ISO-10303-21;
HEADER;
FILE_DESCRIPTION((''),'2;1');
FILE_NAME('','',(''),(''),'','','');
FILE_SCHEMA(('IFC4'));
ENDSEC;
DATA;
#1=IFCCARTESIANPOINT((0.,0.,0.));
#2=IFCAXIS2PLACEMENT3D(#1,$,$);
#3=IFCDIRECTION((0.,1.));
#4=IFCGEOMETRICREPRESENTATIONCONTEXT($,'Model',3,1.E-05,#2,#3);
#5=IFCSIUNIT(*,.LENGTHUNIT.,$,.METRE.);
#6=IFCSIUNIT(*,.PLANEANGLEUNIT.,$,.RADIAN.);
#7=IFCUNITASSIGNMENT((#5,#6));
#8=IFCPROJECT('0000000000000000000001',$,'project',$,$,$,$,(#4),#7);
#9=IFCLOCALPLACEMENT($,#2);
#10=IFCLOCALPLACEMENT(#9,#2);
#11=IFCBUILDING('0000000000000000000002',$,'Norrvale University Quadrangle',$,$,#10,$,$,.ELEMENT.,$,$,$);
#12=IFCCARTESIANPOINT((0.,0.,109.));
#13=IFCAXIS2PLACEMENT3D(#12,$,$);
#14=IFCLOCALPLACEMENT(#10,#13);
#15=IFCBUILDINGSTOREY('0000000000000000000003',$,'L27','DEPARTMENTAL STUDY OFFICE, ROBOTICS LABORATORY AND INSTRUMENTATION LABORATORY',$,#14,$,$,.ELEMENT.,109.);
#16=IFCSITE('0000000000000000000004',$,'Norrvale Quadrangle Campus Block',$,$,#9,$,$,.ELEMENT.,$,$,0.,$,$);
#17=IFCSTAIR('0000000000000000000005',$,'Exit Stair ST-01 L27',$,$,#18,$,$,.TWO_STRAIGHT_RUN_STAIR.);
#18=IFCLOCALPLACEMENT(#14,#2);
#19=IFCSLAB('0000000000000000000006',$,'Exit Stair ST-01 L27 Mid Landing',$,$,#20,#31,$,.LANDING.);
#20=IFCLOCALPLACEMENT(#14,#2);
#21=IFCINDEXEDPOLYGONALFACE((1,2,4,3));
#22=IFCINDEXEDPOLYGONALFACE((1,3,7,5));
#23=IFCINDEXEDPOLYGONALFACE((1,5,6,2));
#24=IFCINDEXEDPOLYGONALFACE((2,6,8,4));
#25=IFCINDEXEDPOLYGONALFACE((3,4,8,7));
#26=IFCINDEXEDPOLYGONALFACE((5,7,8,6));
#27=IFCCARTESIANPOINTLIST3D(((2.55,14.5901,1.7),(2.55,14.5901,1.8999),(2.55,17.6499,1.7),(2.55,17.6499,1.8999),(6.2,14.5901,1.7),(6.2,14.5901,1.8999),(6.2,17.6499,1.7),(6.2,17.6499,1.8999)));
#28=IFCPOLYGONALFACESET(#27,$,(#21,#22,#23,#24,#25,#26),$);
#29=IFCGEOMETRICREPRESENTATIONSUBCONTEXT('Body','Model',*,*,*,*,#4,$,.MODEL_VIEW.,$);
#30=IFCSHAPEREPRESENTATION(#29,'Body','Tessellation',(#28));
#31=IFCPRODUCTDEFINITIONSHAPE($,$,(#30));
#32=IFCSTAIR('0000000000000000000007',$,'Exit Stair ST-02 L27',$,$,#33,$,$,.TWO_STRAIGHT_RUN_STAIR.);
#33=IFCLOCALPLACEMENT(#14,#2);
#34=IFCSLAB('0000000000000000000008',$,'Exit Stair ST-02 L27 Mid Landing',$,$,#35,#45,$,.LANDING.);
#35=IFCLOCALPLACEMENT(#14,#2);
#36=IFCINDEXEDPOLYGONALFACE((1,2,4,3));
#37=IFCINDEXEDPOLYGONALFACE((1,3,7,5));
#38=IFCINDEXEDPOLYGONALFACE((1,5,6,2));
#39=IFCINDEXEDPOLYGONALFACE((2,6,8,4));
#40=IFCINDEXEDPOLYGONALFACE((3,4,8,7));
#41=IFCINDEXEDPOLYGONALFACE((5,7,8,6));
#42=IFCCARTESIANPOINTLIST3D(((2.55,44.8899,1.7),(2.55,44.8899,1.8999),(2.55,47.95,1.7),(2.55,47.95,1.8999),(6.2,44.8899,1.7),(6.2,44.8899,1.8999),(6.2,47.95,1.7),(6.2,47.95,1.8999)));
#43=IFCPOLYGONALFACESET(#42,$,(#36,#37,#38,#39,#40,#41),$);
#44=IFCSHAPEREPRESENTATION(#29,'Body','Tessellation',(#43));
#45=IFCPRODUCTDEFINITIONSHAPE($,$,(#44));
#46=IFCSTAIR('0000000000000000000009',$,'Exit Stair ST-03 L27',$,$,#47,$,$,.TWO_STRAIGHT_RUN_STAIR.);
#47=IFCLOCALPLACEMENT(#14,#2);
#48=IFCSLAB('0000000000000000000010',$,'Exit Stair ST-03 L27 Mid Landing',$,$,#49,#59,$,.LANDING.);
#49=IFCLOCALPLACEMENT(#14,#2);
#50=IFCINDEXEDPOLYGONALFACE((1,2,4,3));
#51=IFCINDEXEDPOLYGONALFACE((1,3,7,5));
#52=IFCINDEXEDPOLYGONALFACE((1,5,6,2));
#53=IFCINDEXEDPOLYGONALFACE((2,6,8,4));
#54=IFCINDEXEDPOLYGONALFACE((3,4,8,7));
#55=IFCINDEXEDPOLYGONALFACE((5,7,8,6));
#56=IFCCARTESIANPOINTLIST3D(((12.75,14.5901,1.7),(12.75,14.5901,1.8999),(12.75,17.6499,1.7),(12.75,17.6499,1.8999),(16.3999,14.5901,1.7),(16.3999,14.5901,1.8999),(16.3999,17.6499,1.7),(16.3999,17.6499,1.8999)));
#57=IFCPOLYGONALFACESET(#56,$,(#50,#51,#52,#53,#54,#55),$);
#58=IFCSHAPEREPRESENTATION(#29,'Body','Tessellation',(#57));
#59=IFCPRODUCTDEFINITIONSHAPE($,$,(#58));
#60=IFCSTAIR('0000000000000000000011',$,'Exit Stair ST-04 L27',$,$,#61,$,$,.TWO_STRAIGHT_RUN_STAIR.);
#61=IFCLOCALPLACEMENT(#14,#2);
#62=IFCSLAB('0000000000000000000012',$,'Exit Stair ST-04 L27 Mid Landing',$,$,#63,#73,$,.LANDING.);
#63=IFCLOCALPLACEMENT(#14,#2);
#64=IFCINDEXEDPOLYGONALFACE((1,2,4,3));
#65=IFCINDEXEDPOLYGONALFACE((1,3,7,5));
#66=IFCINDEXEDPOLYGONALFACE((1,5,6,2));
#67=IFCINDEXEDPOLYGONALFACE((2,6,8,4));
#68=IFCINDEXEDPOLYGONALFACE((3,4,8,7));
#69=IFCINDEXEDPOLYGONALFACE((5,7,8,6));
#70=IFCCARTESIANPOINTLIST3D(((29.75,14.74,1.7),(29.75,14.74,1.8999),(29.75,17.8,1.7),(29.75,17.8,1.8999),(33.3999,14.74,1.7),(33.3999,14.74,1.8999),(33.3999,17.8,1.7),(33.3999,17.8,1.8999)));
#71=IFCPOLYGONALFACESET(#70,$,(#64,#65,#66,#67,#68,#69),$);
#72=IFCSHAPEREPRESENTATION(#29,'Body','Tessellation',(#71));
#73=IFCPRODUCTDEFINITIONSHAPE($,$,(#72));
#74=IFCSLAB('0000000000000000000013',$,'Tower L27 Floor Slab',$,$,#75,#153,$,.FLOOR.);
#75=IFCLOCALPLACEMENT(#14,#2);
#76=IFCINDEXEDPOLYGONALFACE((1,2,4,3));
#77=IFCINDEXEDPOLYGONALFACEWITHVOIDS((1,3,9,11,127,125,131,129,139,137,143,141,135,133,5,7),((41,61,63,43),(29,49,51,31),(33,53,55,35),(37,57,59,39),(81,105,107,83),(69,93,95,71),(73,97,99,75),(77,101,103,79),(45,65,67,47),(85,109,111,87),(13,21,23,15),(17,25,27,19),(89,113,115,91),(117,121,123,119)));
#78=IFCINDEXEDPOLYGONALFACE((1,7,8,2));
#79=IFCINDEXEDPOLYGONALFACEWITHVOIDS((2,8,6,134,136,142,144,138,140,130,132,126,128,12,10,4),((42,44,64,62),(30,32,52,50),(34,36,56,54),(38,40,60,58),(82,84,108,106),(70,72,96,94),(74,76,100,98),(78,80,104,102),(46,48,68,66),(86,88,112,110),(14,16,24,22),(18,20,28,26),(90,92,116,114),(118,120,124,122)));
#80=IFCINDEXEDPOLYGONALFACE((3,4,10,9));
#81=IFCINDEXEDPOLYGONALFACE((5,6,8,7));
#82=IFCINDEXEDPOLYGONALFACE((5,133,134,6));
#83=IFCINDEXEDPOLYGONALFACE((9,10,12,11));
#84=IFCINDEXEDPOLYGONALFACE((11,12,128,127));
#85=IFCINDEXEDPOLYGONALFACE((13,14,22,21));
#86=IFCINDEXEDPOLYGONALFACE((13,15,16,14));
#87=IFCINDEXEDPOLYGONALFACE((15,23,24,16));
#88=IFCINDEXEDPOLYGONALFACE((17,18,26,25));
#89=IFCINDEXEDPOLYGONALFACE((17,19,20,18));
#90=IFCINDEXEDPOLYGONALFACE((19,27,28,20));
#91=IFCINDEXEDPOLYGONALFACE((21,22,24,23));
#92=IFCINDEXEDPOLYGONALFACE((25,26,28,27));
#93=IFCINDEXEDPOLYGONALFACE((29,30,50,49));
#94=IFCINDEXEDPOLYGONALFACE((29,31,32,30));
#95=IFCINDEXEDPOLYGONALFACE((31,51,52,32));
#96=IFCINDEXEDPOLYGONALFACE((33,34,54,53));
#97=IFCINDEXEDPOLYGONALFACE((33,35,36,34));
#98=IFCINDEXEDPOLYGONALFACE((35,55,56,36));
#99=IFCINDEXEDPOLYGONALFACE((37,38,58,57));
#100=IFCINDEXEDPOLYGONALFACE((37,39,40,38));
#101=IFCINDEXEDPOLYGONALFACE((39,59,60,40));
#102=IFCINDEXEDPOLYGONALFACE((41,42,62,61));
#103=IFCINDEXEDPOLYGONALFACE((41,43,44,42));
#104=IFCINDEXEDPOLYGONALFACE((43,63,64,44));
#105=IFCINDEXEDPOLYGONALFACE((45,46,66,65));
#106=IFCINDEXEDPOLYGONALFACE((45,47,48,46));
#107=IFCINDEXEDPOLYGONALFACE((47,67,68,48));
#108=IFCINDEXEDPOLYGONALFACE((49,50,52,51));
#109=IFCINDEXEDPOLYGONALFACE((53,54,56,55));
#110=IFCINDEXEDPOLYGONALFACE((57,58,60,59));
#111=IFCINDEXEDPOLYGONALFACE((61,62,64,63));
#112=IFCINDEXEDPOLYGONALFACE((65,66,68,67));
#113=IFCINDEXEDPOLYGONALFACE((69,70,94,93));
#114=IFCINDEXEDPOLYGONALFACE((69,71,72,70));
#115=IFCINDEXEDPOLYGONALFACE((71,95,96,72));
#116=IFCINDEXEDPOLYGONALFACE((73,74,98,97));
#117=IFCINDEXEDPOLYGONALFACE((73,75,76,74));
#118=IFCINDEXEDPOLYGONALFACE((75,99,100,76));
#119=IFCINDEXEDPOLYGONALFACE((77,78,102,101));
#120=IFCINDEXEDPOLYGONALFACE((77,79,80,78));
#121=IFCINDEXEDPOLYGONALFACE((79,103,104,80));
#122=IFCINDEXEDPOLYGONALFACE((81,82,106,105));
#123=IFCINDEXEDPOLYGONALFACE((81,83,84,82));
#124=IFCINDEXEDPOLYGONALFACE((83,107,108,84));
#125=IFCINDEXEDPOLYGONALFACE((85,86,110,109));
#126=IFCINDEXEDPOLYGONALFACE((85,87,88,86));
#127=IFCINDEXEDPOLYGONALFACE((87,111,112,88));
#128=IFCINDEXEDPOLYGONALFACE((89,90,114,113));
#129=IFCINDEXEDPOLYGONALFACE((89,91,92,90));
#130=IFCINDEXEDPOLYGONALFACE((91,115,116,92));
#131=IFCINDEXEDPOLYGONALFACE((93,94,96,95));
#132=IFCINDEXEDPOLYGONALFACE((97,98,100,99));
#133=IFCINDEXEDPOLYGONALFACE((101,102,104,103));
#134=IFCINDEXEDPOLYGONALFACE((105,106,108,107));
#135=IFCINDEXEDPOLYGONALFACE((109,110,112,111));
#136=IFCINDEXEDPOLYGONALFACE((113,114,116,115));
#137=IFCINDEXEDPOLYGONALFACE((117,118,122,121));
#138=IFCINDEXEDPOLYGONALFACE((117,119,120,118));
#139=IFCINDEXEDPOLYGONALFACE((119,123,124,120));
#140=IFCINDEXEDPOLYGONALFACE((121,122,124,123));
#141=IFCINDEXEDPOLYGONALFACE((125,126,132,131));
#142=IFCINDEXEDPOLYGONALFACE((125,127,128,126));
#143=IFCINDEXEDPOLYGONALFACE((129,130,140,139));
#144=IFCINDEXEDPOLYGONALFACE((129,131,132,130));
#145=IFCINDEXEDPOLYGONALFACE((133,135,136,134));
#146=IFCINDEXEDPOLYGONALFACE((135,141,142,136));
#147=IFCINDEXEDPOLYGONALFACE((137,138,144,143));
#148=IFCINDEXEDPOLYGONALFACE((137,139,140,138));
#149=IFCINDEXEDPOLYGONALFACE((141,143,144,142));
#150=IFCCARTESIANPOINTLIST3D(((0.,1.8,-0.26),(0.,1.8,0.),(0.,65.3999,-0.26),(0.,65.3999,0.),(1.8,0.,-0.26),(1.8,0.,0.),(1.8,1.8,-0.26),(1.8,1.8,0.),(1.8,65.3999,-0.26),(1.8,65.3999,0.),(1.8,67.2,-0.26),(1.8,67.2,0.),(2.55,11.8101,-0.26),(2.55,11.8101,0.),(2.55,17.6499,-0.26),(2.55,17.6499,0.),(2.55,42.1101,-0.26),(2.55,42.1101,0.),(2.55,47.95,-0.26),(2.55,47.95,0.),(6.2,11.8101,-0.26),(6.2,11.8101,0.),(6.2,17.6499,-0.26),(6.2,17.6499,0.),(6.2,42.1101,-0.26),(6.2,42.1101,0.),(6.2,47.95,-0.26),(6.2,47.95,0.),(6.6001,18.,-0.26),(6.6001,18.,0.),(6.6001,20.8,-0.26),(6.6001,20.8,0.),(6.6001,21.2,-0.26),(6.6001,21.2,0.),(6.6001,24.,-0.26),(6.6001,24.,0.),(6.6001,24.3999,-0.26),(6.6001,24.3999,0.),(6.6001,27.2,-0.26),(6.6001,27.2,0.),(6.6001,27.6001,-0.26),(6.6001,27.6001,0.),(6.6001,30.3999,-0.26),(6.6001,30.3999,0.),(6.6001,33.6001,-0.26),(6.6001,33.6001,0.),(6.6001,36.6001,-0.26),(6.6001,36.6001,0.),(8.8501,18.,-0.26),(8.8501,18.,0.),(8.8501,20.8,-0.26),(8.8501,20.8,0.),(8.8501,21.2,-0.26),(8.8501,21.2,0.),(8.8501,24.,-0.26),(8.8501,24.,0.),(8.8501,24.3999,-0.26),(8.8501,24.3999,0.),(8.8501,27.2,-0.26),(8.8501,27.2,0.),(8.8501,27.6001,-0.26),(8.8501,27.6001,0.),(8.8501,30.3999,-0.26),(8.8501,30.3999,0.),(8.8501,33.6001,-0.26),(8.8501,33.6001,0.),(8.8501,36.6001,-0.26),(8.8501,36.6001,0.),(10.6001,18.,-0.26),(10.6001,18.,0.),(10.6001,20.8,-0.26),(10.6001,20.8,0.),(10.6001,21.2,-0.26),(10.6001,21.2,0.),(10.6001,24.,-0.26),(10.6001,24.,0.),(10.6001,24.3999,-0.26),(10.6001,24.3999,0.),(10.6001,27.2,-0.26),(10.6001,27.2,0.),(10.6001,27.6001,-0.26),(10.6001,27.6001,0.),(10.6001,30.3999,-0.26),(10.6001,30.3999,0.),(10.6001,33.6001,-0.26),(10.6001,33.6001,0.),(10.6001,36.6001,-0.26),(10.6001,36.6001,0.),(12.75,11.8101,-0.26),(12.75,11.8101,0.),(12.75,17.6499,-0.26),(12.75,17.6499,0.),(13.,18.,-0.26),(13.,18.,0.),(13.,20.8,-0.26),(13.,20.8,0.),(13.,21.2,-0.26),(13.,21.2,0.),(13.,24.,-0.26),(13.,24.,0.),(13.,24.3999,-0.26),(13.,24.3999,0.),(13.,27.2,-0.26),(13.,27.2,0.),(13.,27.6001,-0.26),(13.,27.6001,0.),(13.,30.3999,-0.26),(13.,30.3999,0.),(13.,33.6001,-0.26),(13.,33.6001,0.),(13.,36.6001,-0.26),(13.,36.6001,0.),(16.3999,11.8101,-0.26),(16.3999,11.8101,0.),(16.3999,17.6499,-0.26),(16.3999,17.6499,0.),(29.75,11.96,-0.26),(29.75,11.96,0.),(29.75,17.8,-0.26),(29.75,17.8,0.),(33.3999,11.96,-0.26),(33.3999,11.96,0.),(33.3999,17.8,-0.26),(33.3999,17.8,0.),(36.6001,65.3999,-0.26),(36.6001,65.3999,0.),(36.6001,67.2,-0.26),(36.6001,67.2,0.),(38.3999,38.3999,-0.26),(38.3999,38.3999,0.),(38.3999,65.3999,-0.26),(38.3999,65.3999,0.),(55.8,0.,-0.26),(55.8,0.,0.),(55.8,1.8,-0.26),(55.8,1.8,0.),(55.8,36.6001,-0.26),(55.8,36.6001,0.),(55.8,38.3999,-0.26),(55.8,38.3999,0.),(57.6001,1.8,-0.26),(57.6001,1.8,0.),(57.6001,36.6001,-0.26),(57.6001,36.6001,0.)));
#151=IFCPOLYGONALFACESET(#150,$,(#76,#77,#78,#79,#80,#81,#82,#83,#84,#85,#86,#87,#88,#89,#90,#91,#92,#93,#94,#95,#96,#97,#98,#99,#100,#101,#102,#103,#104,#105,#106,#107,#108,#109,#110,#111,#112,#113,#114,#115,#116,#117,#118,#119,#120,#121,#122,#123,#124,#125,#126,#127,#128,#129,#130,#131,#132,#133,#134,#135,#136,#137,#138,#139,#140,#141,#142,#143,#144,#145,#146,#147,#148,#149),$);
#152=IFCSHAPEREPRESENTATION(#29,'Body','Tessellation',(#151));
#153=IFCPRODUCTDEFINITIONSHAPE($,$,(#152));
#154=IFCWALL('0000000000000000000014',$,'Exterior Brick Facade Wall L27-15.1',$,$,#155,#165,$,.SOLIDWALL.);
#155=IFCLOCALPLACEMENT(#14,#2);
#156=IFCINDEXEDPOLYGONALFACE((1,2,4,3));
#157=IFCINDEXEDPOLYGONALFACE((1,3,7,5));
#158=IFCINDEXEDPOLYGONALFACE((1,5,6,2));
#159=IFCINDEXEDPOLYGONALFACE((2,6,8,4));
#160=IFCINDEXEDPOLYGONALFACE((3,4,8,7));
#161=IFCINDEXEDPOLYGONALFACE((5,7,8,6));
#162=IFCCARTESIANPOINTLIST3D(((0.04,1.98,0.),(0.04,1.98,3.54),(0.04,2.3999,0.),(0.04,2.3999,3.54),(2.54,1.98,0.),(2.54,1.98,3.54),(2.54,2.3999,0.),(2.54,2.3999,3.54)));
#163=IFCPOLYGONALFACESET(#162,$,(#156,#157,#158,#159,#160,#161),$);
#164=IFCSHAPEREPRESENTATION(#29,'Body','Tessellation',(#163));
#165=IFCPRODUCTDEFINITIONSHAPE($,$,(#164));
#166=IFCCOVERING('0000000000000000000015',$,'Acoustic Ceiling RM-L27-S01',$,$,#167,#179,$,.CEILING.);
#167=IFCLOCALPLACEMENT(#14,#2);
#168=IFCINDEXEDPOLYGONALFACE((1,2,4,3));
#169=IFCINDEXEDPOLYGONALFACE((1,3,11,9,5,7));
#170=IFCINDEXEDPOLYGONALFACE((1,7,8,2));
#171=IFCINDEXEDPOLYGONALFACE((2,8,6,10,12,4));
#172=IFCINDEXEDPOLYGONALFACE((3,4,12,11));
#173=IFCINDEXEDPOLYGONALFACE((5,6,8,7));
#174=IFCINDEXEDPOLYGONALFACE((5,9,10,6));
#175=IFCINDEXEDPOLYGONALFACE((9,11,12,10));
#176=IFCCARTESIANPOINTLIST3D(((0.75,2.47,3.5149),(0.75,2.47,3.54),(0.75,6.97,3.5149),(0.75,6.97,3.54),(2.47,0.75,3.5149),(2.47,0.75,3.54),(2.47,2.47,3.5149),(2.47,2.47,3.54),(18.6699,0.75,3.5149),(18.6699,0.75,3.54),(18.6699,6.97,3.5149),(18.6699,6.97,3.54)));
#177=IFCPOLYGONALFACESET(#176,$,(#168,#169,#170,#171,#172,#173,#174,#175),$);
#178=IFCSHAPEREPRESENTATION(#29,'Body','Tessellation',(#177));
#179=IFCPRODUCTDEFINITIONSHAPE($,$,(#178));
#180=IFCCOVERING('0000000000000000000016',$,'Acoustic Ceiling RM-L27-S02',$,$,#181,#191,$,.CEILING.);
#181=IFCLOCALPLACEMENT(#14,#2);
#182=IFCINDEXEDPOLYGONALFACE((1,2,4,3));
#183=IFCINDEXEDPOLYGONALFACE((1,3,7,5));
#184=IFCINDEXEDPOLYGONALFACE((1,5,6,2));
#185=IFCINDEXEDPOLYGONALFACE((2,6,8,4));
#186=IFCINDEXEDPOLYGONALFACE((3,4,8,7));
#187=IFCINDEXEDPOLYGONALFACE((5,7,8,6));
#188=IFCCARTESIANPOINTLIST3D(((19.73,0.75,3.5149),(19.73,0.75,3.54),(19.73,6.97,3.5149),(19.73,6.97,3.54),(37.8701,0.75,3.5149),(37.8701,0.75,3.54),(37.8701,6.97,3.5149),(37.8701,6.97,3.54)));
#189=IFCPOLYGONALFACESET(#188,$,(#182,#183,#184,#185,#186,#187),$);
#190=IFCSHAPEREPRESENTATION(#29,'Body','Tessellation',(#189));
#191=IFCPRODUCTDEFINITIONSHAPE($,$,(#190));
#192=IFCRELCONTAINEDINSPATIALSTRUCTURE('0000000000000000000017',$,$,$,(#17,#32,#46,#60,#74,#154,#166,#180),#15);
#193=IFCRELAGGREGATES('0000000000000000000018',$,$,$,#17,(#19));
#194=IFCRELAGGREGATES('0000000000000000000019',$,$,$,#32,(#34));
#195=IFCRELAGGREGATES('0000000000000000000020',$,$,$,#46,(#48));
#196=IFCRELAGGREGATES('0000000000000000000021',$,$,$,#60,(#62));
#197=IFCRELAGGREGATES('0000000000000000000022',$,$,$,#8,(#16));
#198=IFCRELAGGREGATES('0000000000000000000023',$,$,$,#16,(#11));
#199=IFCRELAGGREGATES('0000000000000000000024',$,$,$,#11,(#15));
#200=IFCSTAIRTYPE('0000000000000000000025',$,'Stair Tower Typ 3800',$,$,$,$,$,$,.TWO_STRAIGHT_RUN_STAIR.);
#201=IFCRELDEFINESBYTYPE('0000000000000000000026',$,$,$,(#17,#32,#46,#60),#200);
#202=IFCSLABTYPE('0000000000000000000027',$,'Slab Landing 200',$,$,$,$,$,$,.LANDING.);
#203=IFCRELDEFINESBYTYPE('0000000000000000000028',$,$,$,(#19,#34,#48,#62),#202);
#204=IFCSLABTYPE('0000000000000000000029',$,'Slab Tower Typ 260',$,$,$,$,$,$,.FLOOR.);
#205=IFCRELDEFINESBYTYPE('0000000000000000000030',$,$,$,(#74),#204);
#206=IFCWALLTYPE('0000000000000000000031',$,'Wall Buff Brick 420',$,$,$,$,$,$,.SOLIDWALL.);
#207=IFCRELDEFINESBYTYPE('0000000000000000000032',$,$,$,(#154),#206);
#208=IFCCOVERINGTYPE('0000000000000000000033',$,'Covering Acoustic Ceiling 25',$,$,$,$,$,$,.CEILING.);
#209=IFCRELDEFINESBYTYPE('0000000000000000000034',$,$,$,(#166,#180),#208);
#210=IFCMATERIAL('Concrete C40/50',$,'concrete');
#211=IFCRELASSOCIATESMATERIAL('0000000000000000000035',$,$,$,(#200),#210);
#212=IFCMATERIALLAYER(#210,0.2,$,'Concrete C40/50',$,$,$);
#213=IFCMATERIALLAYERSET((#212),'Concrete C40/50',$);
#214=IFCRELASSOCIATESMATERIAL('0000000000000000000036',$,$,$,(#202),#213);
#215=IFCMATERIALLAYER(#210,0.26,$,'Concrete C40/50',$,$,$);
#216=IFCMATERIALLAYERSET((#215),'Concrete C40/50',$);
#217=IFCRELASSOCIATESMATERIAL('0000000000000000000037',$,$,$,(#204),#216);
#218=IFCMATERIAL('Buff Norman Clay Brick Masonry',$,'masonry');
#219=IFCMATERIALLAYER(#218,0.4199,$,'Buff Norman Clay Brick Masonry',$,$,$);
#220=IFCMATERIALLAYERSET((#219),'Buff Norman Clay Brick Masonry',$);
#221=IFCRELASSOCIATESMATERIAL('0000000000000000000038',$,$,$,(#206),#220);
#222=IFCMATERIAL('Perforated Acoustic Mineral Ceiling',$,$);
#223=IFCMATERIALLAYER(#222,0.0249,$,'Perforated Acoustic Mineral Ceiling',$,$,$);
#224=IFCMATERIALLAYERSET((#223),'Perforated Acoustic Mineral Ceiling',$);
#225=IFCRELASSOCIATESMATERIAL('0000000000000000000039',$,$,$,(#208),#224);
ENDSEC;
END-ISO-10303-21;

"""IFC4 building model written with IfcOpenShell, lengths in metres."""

from ifc_helpers import new_model, si_unit, direction, frame, frame_2d, origin, place, context, subcontext, project, spatial, polyline, rectangle, outline, extrude, material, layer, layer_set, type_object, element, aggregate, save


model = new_model("IFC4")

# Units and contexts
model_context = context("Model", 3, precision=1e-05, world=origin(), true_north=direction((0.0, 1.0)))
body_context = subcontext(model_context, "Body", "Model", "MODEL_VIEW")
ifc_project = project(units=[si_unit("LENGTHUNIT", "METRE"), si_unit("PLANEANGLEUNIT", "RADIAN")], contexts=[model_context])

# Site, building, storey
site_placement = place(None, origin())
site = spatial("IfcSite", under=ifc_project, at=site_placement, Name="Norrvale Quadrangle Campus Block", CompositionType="ELEMENT", RefElevation=0.0)
building_placement = place(site_placement, origin())
building = spatial("IfcBuilding", under=site, at=building_placement, Name="Norrvale University Quadrangle", CompositionType="ELEMENT")
storey_placement = place(building_placement, frame((0.0, 0.0, 109.0)))
storey = spatial("IfcBuildingStorey", under=building, at=storey_placement, Name="L27", Description="DEPARTMENTAL STUDY OFFICE, ROBOTICS LABORATORY AND INSTRUMENTATION LABORATORY", CompositionType="ELEMENT", Elevation=109.0)

# Stairs, slabs
ifc_material_1 = material(Name="Concrete C40/50", Category="concrete")
stair_type = type_object("IfcStairType", Name="Stair Tower Typ 3800", PredefinedType="TWO_STRAIGHT_RUN_STAIR", material=ifc_material_1)
stair_1_placement = place(storey_placement, origin())
stair_1 = element("IfcStair", 1, at=stair_1_placement, inside=storey, type_object=stair_type, Name="Exit Stair ST-01 L27", PredefinedType="TWO_STRAIGHT_RUN_STAIR")
ifc_layer_1 = layer(ifc_material_1, 0.2, Name="Concrete C40/50")
ifc_layer_set_1 = layer_set([ifc_layer_1], Name="Concrete C40/50")
slab_type_1 = type_object("IfcSlabType", Name="Slab Landing 200", PredefinedType="LANDING", material=ifc_layer_set_1)
slab_1_placement = place(storey_placement, frame((0.0, 0.0, 1.7)))
slab_1 = element("IfcSlab", 2, at=slab_1_placement, type_object=slab_type_1, Name="Exit Stair ST-01 L27 Mid Landing", PredefinedType="LANDING", context=body_context, shape_type="SweptSolid", body=[
    extrude(outline(polyline([(2.55, 14.5901), (6.2, 14.5901), (6.2, 17.6499), (2.55, 17.6499), (2.55, 14.5901)])), origin(), (0.0, 0.0, 1.0), 0.2),
])
aggregate(stair_1, [slab_1])
stair_2_placement = place(storey_placement, origin())
stair_2 = element("IfcStair", 3, at=stair_2_placement, inside=storey, type_object=stair_type, Name="Exit Stair ST-02 L27", PredefinedType="TWO_STRAIGHT_RUN_STAIR")
slab_2_placement = place(storey_placement, frame((0.0, 0.0, 1.7)))
slab_2 = element("IfcSlab", 4, at=slab_2_placement, type_object=slab_type_1, Name="Exit Stair ST-02 L27 Mid Landing", PredefinedType="LANDING", context=body_context, shape_type="SweptSolid", body=[
    extrude(outline(polyline([(2.55, 44.8899), (6.2, 44.8899), (6.2, 47.95), (2.55, 47.95), (2.55, 44.8899)])), origin(), (0.0, 0.0, 1.0), 0.2),
])
aggregate(stair_2, [slab_2])
stair_3_placement = place(storey_placement, origin())
stair_3 = element("IfcStair", 5, at=stair_3_placement, inside=storey, type_object=stair_type, Name="Exit Stair ST-03 L27", PredefinedType="TWO_STRAIGHT_RUN_STAIR")
slab_3_placement = place(storey_placement, frame((0.0, 0.0, 1.7)))
slab_3 = element("IfcSlab", 6, at=slab_3_placement, type_object=slab_type_1, Name="Exit Stair ST-03 L27 Mid Landing", PredefinedType="LANDING", context=body_context, shape_type="SweptSolid", body=[
    extrude(outline(polyline([(12.75, 14.5901), (16.3999, 14.5901), (16.3999, 17.6499), (12.75, 17.6499), (12.75, 14.5901)])), origin(), (0.0, 0.0, 1.0), 0.2),
])
aggregate(stair_3, [slab_3])
stair_4_placement = place(storey_placement, origin())
stair_4 = element("IfcStair", 7, at=stair_4_placement, inside=storey, type_object=stair_type, Name="Exit Stair ST-04 L27", PredefinedType="TWO_STRAIGHT_RUN_STAIR")
slab_4_placement = place(storey_placement, frame((0.0, 0.0, 1.7)))
slab_4 = element("IfcSlab", 8, at=slab_4_placement, type_object=slab_type_1, Name="Exit Stair ST-04 L27 Mid Landing", PredefinedType="LANDING", context=body_context, shape_type="SweptSolid", body=[
    extrude(outline(polyline([(29.75, 14.74), (33.3999, 14.74), (33.3999, 17.8), (29.75, 17.8), (29.75, 14.74)])), origin(), (0.0, 0.0, 1.0), 0.2),
])
aggregate(stair_4, [slab_4])

# Slab
ifc_layer_2 = layer(ifc_material_1, 0.26, Name="Concrete C40/50")
ifc_layer_set_2 = layer_set([ifc_layer_2], Name="Concrete C40/50")
slab_type_2 = type_object("IfcSlabType", Name="Slab Tower Typ 260", PredefinedType="FLOOR", material=ifc_layer_set_2)
slab_5_placement = place(storey_placement, frame((0.0, 0.0, -0.26)))
element("IfcSlab", 9, at=slab_5_placement, inside=storey, type_object=slab_type_2, Name="Tower L27 Floor Slab", PredefinedType="FLOOR", context=body_context, shape_type="SweptSolid", body=[
    extrude(outline(polyline([(1.8, 0.0), (55.8, 0.0), (55.8, 1.8), (57.6001, 1.8), (57.6001, 36.6001), (55.8, 36.6001), (55.8, 38.3999), (38.3999, 38.3999), (38.3999, 65.3999), (36.6001, 65.3999), (36.6001, 67.2), (1.8, 67.2), (1.8, 65.3999), (0.0, 65.3999), (0.0, 1.8), (1.8, 1.8), (1.8, 0.0)]), holes=[polyline([(2.55, 11.8101), (6.2, 11.8101), (6.2, 17.6499), (2.55, 17.6499), (2.55, 11.8101)]), polyline([(2.55, 42.1101), (6.2, 42.1101), (6.2, 47.95), (2.55, 47.95), (2.55, 42.1101)]), polyline([(12.75, 11.8101), (16.3999, 11.8101), (16.3999, 17.6499), (12.75, 17.6499), (12.75, 11.8101)]), polyline([(29.75, 11.96), (33.3999, 11.96), (33.3999, 17.8), (29.75, 17.8), (29.75, 11.96)]), polyline([(6.6001, 18.0), (8.8501, 18.0), (8.8501, 20.8), (6.6001, 20.8), (6.6001, 18.0)]), polyline([(6.6001, 21.2), (8.8501, 21.2), (8.8501, 24.0), (6.6001, 24.0), (6.6001, 21.2)]), polyline([(6.6001, 24.3999), (8.8501, 24.3999), (8.8501, 27.2), (6.6001, 27.2), (6.6001, 24.3999)]), polyline([(6.6001, 27.6001), (8.8501, 27.6001), (8.8501, 30.3999), (6.6001, 30.3999), (6.6001, 27.6001)]), polyline([(10.6001, 18.0), (13.0, 18.0), (13.0, 20.8), (10.6001, 20.8), (10.6001, 18.0)]), polyline([(10.6001, 21.2), (13.0, 21.2), (13.0, 24.0), (10.6001, 24.0), (10.6001, 21.2)]), polyline([(10.6001, 24.3999), (13.0, 24.3999), (13.0, 27.2), (10.6001, 27.2), (10.6001, 24.3999)]), polyline([(10.6001, 27.6001), (13.0, 27.6001), (13.0, 30.3999), (10.6001, 30.3999), (10.6001, 27.6001)]), polyline([(6.6001, 33.6001), (8.8501, 33.6001), (8.8501, 36.6001), (6.6001, 36.6001), (6.6001, 33.6001)]), polyline([(10.6001, 33.6001), (13.0, 33.6001), (13.0, 36.6001), (10.6001, 36.6001), (10.6001, 33.6001)])]), origin(), (0.0, 0.0, 1.0), 0.26),
])

# Wall
ifc_material_2 = material(Name="Buff Norman Clay Brick Masonry", Category="masonry")
ifc_layer_3 = layer(ifc_material_2, 0.4199, Name="Buff Norman Clay Brick Masonry")
ifc_layer_set_3 = layer_set([ifc_layer_3], Name="Buff Norman Clay Brick Masonry")
wall_type = type_object("IfcWallType", Name="Wall Buff Brick 420", PredefinedType="SOLIDWALL", material=ifc_layer_set_3)
wall_placement = place(storey_placement, frame((0.04, 2.1899, 0.0), z_axis=(0.0, 0.0, 1.0), x_axis=(1.0, 0.0, 0.0)))
element("IfcWall", 10, at=wall_placement, inside=storey, type_object=wall_type, Name="Exterior Brick Facade Wall L27-15.1", PredefinedType="SOLIDWALL", context=body_context, shape_type="SweptSolid", body=[
    extrude(rectangle(XDim=2.5, YDim=0.4199, at=frame_2d((1.25, 0.0))), origin(), (0.0, 0.0, 1.0), 3.54),
])

# Coverings
ifc_material_3 = material(Name="Perforated Acoustic Mineral Ceiling")
ifc_layer_4 = layer(ifc_material_3, 0.0249, Name="Perforated Acoustic Mineral Ceiling")
ifc_layer_set_4 = layer_set([ifc_layer_4], Name="Perforated Acoustic Mineral Ceiling")
covering_type_1 = type_object("IfcCoveringType", Name="Covering Acoustic Ceiling 25", PredefinedType="CEILING", material=ifc_layer_set_4)
covering_1_placement = place(storey_placement, frame((0.0, 0.0, 3.5149)))
element("IfcCovering", 11, at=covering_1_placement, inside=storey, type_object=covering_type_1, Name="Acoustic Ceiling RM-L27-S01", PredefinedType="CEILING", context=body_context, shape_type="SweptSolid", body=[
    extrude(outline(polyline([(0.75, 6.97), (18.6699, 6.97), (18.6699, 0.75), (2.47, 0.75), (2.47, 2.47), (0.75, 2.47), (0.75, 6.97)])), origin(), (0.0, 0.0, 1.0), 0.0251),
])
covering_2_placement = place(storey_placement, frame((0.0, 0.0, 3.5149)))
element("IfcCovering", 12, at=covering_2_placement, inside=storey, type_object=covering_type_1, Name="Acoustic Ceiling RM-L27-S02", PredefinedType="CEILING", context=body_context, shape_type="SweptSolid", body=[
    extrude(outline(polyline([(19.73, 6.97), (37.8701, 6.97), (37.8701, 0.75), (19.73, 0.75), (19.73, 6.97)])), origin(), (0.0, 0.0, 1.0), 0.0251),
])

save(model, "model.ifc")
